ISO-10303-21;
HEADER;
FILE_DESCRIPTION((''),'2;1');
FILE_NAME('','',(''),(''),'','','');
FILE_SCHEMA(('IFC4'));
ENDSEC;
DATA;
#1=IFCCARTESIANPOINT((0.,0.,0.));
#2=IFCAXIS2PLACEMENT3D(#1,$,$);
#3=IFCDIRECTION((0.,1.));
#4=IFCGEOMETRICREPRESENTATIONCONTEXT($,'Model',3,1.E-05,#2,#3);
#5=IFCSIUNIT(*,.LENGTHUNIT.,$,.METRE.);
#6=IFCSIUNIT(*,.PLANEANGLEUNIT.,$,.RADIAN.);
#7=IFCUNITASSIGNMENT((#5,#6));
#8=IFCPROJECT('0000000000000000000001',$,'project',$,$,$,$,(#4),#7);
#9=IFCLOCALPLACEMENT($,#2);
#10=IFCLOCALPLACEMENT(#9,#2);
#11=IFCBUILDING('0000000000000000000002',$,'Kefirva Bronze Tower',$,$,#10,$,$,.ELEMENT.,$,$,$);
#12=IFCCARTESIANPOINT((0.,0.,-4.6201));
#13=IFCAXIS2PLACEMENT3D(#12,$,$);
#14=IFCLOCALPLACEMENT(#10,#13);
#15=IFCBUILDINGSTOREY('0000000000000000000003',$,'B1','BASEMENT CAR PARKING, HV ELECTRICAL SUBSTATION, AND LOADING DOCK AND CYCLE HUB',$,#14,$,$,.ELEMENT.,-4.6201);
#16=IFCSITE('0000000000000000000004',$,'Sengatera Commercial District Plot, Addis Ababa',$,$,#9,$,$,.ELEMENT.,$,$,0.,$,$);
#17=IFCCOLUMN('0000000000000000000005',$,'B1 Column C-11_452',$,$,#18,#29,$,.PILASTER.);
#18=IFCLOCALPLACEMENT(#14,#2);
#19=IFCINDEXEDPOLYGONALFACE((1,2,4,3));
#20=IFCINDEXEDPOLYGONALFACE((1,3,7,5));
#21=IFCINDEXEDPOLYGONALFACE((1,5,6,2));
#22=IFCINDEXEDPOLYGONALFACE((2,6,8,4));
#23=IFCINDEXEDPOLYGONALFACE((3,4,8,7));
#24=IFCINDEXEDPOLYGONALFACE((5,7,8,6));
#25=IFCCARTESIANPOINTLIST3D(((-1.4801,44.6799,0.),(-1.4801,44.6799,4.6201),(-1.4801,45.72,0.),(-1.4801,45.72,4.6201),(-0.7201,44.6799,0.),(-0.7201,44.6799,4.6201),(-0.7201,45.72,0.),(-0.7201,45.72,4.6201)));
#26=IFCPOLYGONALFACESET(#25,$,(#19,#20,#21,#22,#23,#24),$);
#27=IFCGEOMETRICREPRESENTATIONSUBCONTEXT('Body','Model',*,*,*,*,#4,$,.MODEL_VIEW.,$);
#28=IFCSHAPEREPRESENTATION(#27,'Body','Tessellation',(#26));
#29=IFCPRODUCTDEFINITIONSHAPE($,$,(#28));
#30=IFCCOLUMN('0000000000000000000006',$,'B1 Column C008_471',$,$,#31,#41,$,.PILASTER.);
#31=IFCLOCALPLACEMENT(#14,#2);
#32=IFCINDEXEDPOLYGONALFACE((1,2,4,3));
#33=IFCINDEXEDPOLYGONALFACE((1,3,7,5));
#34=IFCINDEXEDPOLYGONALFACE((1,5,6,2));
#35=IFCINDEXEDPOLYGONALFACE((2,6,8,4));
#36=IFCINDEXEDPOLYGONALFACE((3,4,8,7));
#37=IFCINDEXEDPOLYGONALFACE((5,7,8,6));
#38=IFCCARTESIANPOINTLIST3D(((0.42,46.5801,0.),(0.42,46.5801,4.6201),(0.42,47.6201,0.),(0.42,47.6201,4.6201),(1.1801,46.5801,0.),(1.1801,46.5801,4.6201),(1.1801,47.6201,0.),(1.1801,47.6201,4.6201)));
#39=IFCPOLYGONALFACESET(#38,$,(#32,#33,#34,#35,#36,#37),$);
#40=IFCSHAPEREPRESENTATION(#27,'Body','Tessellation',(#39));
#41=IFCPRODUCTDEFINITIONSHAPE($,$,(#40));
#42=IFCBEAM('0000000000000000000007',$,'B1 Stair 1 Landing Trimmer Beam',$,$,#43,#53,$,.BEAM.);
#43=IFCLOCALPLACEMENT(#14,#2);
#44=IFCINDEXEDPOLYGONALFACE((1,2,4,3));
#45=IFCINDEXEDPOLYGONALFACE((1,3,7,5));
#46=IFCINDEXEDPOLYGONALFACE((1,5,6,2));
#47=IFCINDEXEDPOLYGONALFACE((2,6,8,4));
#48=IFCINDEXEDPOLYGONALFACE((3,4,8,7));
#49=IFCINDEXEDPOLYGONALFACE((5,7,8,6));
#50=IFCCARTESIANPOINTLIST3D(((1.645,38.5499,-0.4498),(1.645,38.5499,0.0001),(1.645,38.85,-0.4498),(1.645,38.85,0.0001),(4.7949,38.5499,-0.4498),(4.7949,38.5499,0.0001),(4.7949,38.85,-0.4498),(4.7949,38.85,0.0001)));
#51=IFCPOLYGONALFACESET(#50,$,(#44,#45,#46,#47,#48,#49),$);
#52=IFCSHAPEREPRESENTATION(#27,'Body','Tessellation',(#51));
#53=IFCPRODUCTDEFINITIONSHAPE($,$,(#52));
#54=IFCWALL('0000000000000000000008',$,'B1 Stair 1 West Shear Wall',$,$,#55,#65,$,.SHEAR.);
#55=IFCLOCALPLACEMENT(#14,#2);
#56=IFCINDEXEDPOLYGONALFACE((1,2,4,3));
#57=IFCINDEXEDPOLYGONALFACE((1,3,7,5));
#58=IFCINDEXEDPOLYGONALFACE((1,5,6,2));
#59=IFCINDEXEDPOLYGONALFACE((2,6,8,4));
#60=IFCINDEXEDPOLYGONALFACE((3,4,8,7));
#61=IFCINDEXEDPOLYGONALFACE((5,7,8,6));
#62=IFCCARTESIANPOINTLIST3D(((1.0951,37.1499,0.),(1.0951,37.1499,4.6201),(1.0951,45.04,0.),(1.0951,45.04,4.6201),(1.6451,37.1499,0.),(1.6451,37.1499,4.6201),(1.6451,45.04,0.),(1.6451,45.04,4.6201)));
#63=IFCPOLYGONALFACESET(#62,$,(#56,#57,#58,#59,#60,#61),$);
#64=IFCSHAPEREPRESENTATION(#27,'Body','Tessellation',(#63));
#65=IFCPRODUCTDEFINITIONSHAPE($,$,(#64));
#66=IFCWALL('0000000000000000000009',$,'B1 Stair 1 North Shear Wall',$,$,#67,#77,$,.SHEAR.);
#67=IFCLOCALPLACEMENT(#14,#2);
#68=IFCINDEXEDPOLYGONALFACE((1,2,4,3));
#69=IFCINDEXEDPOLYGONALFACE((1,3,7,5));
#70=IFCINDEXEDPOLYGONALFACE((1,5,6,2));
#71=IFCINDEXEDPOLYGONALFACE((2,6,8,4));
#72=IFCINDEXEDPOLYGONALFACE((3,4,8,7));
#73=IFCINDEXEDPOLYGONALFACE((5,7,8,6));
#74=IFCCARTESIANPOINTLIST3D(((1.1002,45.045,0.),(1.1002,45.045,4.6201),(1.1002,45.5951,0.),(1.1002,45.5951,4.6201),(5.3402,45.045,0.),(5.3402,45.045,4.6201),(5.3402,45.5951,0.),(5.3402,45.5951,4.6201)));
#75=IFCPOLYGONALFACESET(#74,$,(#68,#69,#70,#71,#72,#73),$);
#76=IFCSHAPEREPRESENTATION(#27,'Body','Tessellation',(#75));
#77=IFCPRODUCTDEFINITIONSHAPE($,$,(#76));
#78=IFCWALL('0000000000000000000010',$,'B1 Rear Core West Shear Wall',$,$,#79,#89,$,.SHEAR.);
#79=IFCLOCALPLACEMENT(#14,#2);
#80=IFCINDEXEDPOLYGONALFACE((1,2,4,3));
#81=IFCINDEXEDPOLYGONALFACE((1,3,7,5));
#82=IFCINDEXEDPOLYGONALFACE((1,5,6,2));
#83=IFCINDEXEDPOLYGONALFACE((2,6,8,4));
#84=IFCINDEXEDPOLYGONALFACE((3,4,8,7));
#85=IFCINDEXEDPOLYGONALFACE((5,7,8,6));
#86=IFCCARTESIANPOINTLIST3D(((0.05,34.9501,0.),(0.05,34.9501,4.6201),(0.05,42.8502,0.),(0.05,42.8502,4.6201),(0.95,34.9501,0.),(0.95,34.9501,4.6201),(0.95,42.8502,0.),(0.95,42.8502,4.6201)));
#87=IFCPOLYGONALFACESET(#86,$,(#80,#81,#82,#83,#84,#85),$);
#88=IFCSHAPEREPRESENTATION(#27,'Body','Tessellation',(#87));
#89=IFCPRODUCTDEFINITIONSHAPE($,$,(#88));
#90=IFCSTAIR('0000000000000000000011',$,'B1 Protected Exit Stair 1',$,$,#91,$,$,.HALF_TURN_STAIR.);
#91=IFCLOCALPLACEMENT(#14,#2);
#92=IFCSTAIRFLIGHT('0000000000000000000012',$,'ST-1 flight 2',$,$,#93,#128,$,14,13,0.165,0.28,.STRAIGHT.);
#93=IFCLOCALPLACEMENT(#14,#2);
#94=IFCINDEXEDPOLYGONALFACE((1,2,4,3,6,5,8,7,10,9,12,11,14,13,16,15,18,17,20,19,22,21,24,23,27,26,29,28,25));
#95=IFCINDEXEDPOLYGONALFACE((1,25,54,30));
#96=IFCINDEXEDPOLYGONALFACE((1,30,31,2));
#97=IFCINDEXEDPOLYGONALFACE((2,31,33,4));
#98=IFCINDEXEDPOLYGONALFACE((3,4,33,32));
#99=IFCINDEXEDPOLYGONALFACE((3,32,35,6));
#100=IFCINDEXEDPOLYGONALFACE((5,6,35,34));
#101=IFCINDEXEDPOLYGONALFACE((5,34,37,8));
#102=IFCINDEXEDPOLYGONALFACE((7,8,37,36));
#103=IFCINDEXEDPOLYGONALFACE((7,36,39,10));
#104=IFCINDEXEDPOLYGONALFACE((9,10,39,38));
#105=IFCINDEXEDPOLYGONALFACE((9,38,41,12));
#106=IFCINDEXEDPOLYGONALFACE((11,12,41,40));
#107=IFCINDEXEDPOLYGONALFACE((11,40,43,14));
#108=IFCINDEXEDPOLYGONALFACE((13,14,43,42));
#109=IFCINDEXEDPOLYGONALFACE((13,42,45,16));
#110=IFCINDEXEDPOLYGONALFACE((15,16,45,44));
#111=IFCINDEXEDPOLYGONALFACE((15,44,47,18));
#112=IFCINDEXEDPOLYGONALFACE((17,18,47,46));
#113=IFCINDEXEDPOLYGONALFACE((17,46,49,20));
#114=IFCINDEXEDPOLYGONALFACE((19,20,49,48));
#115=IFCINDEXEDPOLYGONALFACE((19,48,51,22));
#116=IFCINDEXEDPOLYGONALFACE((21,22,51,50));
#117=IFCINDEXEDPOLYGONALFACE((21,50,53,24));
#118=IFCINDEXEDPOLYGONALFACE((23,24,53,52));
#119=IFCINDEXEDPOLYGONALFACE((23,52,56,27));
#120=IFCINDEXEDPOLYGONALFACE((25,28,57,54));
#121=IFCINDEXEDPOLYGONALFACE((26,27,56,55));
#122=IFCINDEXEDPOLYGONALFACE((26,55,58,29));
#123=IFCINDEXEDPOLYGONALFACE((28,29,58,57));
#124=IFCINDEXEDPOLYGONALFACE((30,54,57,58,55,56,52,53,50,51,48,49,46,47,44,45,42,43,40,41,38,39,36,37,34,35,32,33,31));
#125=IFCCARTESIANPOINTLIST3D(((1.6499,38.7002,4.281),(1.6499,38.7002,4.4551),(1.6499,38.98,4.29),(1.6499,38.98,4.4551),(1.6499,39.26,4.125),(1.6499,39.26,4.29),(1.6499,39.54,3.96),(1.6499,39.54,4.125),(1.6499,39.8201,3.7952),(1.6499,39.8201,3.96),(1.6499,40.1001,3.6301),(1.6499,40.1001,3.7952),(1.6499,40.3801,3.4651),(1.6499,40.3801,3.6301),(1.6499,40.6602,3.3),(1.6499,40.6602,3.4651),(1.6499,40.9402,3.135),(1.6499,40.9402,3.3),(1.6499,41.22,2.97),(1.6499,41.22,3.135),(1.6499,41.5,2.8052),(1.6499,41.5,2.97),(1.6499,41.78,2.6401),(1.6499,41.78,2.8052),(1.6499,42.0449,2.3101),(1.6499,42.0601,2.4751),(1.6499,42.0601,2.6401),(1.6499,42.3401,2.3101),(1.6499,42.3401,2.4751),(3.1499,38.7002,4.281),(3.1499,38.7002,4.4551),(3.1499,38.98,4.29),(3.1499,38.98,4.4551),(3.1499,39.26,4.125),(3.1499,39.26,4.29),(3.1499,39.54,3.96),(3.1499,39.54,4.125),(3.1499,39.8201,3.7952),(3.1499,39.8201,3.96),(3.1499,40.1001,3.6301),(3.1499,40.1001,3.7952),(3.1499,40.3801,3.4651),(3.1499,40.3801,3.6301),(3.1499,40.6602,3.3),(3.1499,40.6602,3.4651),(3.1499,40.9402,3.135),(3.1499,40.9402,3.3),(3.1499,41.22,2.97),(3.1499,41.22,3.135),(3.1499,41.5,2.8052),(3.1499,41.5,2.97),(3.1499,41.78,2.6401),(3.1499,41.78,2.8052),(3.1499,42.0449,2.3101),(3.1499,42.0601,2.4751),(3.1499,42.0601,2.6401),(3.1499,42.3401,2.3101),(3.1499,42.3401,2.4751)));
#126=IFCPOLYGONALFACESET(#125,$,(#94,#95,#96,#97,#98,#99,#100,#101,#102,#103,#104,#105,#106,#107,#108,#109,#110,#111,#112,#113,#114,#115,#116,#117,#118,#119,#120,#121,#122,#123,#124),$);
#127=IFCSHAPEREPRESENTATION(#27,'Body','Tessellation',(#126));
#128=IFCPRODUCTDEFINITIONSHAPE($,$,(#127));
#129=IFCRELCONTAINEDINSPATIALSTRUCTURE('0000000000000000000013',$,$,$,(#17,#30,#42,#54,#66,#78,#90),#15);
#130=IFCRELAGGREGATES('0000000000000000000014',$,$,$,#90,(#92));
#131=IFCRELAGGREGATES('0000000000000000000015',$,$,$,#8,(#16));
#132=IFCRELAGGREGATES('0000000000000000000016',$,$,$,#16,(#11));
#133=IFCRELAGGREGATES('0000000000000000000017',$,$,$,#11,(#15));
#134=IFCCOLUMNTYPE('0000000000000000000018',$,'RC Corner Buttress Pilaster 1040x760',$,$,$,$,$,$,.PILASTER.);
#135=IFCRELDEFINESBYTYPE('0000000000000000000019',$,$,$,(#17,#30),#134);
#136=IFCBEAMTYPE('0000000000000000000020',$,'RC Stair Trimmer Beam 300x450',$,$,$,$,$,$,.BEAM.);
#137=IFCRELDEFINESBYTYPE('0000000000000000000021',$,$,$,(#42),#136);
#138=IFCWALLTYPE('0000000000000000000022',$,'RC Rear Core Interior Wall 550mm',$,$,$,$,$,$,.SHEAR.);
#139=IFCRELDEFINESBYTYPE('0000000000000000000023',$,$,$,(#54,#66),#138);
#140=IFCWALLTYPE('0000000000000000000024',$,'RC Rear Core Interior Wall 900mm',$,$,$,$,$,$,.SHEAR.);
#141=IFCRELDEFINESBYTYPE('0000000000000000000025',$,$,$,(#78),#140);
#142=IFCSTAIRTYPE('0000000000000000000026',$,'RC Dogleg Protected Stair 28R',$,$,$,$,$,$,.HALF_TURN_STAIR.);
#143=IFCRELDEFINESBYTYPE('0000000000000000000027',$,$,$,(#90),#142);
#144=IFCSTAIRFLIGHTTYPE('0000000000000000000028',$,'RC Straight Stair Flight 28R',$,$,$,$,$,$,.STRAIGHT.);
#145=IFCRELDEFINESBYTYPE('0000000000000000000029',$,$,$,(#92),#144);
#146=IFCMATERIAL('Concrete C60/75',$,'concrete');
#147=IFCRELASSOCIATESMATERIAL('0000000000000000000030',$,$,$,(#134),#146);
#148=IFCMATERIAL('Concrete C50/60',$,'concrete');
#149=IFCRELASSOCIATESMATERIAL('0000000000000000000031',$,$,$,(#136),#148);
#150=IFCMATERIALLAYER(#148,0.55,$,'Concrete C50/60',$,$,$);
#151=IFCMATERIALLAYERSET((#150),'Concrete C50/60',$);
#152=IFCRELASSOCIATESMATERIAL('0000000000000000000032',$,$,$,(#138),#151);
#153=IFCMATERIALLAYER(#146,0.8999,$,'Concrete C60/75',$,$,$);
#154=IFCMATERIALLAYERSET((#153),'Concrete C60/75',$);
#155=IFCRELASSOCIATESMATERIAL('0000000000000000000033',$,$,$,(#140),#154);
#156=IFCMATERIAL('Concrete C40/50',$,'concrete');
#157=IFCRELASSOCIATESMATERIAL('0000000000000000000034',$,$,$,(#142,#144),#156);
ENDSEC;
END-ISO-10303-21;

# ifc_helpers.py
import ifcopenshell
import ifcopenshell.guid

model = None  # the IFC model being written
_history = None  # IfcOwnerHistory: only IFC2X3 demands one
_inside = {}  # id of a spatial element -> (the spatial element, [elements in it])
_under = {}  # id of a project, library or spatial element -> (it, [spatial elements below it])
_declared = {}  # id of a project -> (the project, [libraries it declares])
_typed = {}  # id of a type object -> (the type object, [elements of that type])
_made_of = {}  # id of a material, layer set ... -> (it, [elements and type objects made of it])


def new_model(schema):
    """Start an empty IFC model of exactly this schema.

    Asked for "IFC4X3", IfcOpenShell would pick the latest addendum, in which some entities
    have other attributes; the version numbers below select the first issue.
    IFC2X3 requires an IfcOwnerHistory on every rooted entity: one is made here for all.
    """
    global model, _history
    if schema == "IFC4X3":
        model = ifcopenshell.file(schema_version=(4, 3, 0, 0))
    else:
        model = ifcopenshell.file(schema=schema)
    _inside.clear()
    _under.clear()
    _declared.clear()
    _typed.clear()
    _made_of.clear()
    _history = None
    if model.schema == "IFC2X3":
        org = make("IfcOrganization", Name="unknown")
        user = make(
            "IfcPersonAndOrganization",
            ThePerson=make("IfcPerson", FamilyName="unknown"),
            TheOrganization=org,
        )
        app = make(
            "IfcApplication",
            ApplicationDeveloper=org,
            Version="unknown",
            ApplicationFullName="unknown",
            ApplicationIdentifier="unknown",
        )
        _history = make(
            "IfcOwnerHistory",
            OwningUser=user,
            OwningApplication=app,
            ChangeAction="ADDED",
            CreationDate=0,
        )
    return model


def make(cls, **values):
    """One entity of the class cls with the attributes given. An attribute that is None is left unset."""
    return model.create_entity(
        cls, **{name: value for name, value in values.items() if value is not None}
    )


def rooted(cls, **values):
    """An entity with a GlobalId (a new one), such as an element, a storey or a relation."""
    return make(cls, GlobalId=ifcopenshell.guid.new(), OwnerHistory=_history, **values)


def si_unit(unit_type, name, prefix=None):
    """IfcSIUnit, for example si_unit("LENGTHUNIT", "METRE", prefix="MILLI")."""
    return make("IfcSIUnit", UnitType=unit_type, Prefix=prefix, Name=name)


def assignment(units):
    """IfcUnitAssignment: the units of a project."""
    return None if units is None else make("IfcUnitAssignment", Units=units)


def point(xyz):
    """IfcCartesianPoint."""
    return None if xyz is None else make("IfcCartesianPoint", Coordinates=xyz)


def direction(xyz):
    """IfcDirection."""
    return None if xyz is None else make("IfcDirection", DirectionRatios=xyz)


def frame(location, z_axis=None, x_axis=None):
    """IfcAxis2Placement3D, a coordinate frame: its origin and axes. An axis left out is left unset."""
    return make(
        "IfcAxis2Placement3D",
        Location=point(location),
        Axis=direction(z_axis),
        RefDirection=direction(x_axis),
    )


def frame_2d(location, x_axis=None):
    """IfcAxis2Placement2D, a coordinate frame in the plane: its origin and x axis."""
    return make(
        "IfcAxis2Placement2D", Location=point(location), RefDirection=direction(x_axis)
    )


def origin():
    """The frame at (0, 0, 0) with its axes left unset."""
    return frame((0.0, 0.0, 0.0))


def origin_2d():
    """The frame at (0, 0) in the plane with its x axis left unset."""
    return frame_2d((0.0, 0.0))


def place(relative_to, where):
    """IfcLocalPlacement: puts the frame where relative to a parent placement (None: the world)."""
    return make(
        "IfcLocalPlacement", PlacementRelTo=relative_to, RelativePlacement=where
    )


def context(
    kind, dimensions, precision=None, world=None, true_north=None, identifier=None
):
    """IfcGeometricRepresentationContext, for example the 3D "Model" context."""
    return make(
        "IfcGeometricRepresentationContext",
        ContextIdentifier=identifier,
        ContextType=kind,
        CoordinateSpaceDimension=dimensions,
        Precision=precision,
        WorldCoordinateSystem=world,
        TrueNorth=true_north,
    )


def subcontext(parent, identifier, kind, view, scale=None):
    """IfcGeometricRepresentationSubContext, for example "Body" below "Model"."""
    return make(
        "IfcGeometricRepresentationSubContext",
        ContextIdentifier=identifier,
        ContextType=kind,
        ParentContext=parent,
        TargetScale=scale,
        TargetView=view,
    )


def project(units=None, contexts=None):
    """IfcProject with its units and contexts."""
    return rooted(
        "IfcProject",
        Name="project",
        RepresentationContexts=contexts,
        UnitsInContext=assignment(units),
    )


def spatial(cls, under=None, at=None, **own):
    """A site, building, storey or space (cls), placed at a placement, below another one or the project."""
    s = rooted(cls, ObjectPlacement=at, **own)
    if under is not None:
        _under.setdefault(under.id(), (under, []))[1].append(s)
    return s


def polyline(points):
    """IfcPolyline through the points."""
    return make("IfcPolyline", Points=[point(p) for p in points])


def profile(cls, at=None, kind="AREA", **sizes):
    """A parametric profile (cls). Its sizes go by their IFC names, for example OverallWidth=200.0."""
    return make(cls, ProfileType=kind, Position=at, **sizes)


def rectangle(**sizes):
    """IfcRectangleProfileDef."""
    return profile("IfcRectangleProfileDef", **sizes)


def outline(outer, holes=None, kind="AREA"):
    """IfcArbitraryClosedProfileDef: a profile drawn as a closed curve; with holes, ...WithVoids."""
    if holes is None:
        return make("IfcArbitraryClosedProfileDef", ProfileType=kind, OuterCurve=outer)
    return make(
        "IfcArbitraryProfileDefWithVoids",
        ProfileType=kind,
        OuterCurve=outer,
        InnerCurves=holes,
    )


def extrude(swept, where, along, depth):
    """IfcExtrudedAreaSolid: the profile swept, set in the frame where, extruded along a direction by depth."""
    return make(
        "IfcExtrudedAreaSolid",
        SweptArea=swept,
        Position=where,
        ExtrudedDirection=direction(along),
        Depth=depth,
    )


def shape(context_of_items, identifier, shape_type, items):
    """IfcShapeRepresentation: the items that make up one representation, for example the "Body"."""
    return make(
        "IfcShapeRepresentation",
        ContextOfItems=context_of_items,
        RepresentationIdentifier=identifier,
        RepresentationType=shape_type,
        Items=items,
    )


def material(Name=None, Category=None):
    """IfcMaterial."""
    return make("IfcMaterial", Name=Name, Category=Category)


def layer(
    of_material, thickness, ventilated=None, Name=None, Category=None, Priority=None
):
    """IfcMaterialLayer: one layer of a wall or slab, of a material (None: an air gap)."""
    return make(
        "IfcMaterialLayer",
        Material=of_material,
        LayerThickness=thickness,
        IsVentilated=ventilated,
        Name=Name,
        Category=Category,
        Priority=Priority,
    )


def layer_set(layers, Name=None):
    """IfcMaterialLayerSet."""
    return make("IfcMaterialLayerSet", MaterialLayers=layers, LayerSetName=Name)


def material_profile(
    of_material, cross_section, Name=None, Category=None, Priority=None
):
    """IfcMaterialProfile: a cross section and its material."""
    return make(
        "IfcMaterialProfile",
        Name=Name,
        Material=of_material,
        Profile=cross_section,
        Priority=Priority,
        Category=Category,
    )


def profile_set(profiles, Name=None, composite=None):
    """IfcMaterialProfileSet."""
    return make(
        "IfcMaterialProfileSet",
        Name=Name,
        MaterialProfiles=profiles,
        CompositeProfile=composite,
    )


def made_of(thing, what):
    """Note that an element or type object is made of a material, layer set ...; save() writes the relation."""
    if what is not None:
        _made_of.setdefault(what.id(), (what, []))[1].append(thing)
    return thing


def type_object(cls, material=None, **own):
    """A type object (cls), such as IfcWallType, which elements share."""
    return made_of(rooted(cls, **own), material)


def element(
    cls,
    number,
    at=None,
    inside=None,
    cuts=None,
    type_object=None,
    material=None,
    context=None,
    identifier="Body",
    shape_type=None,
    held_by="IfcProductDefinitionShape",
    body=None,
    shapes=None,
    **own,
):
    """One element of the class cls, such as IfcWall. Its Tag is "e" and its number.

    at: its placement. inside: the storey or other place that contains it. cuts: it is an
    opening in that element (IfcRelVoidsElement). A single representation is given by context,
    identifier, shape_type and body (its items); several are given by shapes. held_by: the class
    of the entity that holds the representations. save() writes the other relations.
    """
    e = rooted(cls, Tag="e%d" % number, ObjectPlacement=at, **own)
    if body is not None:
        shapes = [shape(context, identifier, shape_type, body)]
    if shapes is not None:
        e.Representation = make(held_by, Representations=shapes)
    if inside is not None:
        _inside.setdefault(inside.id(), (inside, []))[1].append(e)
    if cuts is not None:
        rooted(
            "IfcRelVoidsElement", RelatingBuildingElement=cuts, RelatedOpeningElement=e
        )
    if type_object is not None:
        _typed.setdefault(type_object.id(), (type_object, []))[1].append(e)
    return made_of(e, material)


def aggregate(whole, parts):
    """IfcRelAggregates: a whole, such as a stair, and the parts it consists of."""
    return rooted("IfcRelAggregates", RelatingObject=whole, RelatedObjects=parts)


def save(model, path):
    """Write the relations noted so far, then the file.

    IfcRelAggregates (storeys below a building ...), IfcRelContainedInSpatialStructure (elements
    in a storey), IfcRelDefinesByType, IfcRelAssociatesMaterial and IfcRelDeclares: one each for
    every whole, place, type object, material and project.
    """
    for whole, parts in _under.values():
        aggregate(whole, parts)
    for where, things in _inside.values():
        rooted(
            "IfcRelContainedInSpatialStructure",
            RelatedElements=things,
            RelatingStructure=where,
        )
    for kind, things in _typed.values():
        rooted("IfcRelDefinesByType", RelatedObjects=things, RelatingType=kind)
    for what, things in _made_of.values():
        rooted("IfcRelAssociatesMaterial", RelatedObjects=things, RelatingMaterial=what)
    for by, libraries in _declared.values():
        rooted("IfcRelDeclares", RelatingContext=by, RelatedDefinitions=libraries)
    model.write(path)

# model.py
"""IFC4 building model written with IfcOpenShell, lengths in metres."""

from ifc_helpers import new_model, si_unit, direction, frame, frame_2d, origin, origin_2d, place, context, subcontext, project, spatial, polyline, rectangle, outline, extrude, material, layer, layer_set, material_profile, profile_set, type_object, element, aggregate, save


model = new_model("IFC4")

# Units and contexts
model_context = context("Model", 3, precision=1e-05, world=origin(), true_north=direction((0.0, 1.0)))
body_context = subcontext(model_context, "Body", "Model", "MODEL_VIEW")
ifc_project = project(units=[si_unit("LENGTHUNIT", "METRE"), si_unit("PLANEANGLEUNIT", "RADIAN")], contexts=[model_context])

# Site, building, storey
site_placement = place(None, origin())
site = spatial("IfcSite", under=ifc_project, at=site_placement, Name="Sengatera Commercial District Plot, Addis Ababa", CompositionType="ELEMENT", RefElevation=0.0)
building_placement = place(site_placement, origin())
building = spatial("IfcBuilding", under=site, at=building_placement, Name="Kefirva Bronze Tower", CompositionType="ELEMENT")
storey_placement = place(building_placement, frame((0.0, 0.0, -4.6201)))
storey = spatial("IfcBuildingStorey", under=building, at=storey_placement, Name="B1", Description="BASEMENT CAR PARKING, HV ELECTRICAL SUBSTATION, AND LOADING DOCK AND CYCLE HUB", CompositionType="ELEMENT", Elevation=-4.6201)

# Columns
ifc_material_1 = material(Name="Concrete C60/75", Category="concrete")
ifc_material_profile_1 = material_profile(ifc_material_1, rectangle(XDim=0.76, YDim=1.04, at=origin_2d()), Name="RC 760x1040")
ifc_profile_set_1 = profile_set([ifc_material_profile_1], Name="Concrete C60/75")
column_type = type_object("IfcColumnType", Name="RC Corner Buttress Pilaster 1040x760", PredefinedType="PILASTER", material=ifc_profile_set_1)
for number, where, z_axis, x_axis, name in (
    (1, (-1.1001, 45.2, 0.0), (0.0, 0.0, 1.0), (1.0, 0.0, 0.0), "B1 Column C-11_452"),
    (2, (0.8, 47.1001, 0.0), (0.0, 0.0, 1.0), (1.0, 0.0, 0.0), "B1 Column C008_471"),
):
    element("IfcColumn", number, at=place(storey_placement, frame(where, z_axis=z_axis, x_axis=x_axis)), inside=storey, type_object=column_type, Name=name, PredefinedType="PILASTER", context=body_context, shape_type="SweptSolid", body=[
        extrude(rectangle(XDim=0.76, YDim=1.04, at=origin_2d()), origin(), (0.0, 0.0, 1.0), 4.6201),
    ])

# Beam
ifc_material_2 = material(Name="Concrete C50/60", Category="concrete")
ifc_material_profile_2 = material_profile(ifc_material_2, rectangle(XDim=0.3, YDim=0.45, at=origin_2d()), Name="RC 300x450")
ifc_profile_set_2 = profile_set([ifc_material_profile_2], Name="Concrete C50/60")
beam_type = type_object("IfcBeamType", Name="RC Stair Trimmer Beam 300x450", PredefinedType="BEAM", material=ifc_profile_set_2)
beam_placement = place(storey_placement, frame((1.645, 38.7, -0.2249), z_axis=(1.0, 0.0, 0.0), x_axis=(0.0, 1.0, 0.0)))
element("IfcBeam", 3, at=beam_placement, inside=storey, type_object=beam_type, Name="B1 Stair 1 Landing Trimmer Beam", PredefinedType="BEAM", context=body_context, shape_type="SweptSolid", body=[
    extrude(rectangle(XDim=0.3, YDim=0.45, at=origin_2d()), origin(), (0.0, 0.0, 1.0), 3.1499),
])

# Walls
ifc_layer_1 = layer(ifc_material_2, 0.55, Name="Concrete C50/60")
ifc_layer_set_1 = layer_set([ifc_layer_1], Name="Concrete C50/60")
wall_type_1 = type_object("IfcWallType", Name="RC Rear Core Interior Wall 550mm", PredefinedType="SHEAR", material=ifc_layer_set_1)
wall_1_placement = place(storey_placement, frame((1.3701, 37.1499, 0.0), z_axis=(0.0, 0.0, 1.0), x_axis=(0.0, 1.0, 0.0)))
element("IfcWall", 4, at=wall_1_placement, inside=storey, type_object=wall_type_1, Name="B1 Stair 1 West Shear Wall", PredefinedType="SHEAR", context=body_context, shape_type="SweptSolid", body=[
    extrude(rectangle(XDim=7.8901, YDim=0.55, at=frame_2d((3.9451, 0.0))), origin(), (0.0, 0.0, 1.0), 4.6201),
])
wall_2_placement = place(storey_placement, frame((1.1001, 45.3201, 0.0), z_axis=(0.0, 0.0, 1.0), x_axis=(1.0, 0.0, 0.0)))
element("IfcWall", 5, at=wall_2_placement, inside=storey, type_object=wall_type_1, Name="B1 Stair 1 North Shear Wall", PredefinedType="SHEAR", context=body_context, shape_type="SweptSolid", body=[
    extrude(rectangle(XDim=4.24, YDim=0.55, at=frame_2d((2.1201, 0.0))), origin(), (0.0, 0.0, 1.0), 4.6201),
])
ifc_layer_2 = layer(ifc_material_1, 0.8999, Name="Concrete C60/75")
ifc_layer_set_2 = layer_set([ifc_layer_2], Name="Concrete C60/75")
wall_type_2 = type_object("IfcWallType", Name="RC Rear Core Interior Wall 900mm", PredefinedType="SHEAR", material=ifc_layer_set_2)
wall_3_placement = place(storey_placement, frame((0.5, 34.95, 0.0), z_axis=(0.0, 0.0, 1.0), x_axis=(0.0, 1.0, 0.0)))
element("IfcWall", 6, at=wall_3_placement, inside=storey, type_object=wall_type_2, Name="B1 Rear Core West Shear Wall", PredefinedType="SHEAR", context=body_context, shape_type="SweptSolid", body=[
    extrude(rectangle(XDim=7.9001, YDim=0.8999, at=frame_2d((3.9502, 0.0))), origin(), (0.0, 0.0, 1.0), 4.6201),
])

# Stair, stair flight
ifc_material_3 = material(Name="Concrete C40/50", Category="concrete")
stair_type = type_object("IfcStairType", Name="RC Dogleg Protected Stair 28R", PredefinedType="HALF_TURN_STAIR", material=ifc_material_3)
stair_placement = place(storey_placement, origin())
stair = element("IfcStair", 7, at=stair_placement, inside=storey, type_object=stair_type, Name="B1 Protected Exit Stair 1", PredefinedType="HALF_TURN_STAIR")
stair_flight_type = type_object("IfcStairFlightType", Name="RC Straight Stair Flight 28R", PredefinedType="STRAIGHT", material=ifc_material_3)
stair_flight_placement = place(storey_placement, frame((2.3999, 42.3401, 2.3101), z_axis=(0.0, 0.0, 1.0), x_axis=(0.0, -1.0, 0.0)))
stair_flight = element("IfcStairFlight", 8, at=stair_flight_placement, type_object=stair_flight_type, Name="ST-1 flight 2", NumberOfRisers=14, NumberOfTreads=13, PredefinedType="STRAIGHT", RiserHeight=0.165, TreadLength=0.28, context=body_context, shape_type="SweptSolid", body=[
    extrude(outline(polyline([(0.0, 0.0), (0.0, 0.165), (0.28, 0.165), (0.28, 0.3301), (0.5601, 0.3301), (0.5601, 0.4951), (0.8401, 0.4951), (0.8401, 0.6599), (1.1201, 0.6599), (1.1201, 0.825), (1.3999, 0.825), (1.3999, 0.99), (1.6799, 0.99), (1.6799, 1.155), (1.96, 1.155), (1.96, 1.3201), (2.24, 1.3201), (2.24, 1.4851), (2.52, 1.4851), (2.52, 1.6499), (2.8, 1.6499), (2.8, 1.8149), (3.0801, 1.8149), (3.0801, 1.98), (3.3601, 1.98), (3.3601, 2.145), (3.6399, 2.145), (3.6399, 2.3101), (3.6399, 1.9709), (0.2952, 0.0), (0.0, 0.0)])), frame((0.0, 0.75, 0.0), z_axis=(0.0, -1.0, 0.0), x_axis=(1.0, 0.0, 0.0)), (0.0, 0.0, 1.0), 1.5),
])
aggregate(stair, [stair_flight])

save(model, "model.ifc")
